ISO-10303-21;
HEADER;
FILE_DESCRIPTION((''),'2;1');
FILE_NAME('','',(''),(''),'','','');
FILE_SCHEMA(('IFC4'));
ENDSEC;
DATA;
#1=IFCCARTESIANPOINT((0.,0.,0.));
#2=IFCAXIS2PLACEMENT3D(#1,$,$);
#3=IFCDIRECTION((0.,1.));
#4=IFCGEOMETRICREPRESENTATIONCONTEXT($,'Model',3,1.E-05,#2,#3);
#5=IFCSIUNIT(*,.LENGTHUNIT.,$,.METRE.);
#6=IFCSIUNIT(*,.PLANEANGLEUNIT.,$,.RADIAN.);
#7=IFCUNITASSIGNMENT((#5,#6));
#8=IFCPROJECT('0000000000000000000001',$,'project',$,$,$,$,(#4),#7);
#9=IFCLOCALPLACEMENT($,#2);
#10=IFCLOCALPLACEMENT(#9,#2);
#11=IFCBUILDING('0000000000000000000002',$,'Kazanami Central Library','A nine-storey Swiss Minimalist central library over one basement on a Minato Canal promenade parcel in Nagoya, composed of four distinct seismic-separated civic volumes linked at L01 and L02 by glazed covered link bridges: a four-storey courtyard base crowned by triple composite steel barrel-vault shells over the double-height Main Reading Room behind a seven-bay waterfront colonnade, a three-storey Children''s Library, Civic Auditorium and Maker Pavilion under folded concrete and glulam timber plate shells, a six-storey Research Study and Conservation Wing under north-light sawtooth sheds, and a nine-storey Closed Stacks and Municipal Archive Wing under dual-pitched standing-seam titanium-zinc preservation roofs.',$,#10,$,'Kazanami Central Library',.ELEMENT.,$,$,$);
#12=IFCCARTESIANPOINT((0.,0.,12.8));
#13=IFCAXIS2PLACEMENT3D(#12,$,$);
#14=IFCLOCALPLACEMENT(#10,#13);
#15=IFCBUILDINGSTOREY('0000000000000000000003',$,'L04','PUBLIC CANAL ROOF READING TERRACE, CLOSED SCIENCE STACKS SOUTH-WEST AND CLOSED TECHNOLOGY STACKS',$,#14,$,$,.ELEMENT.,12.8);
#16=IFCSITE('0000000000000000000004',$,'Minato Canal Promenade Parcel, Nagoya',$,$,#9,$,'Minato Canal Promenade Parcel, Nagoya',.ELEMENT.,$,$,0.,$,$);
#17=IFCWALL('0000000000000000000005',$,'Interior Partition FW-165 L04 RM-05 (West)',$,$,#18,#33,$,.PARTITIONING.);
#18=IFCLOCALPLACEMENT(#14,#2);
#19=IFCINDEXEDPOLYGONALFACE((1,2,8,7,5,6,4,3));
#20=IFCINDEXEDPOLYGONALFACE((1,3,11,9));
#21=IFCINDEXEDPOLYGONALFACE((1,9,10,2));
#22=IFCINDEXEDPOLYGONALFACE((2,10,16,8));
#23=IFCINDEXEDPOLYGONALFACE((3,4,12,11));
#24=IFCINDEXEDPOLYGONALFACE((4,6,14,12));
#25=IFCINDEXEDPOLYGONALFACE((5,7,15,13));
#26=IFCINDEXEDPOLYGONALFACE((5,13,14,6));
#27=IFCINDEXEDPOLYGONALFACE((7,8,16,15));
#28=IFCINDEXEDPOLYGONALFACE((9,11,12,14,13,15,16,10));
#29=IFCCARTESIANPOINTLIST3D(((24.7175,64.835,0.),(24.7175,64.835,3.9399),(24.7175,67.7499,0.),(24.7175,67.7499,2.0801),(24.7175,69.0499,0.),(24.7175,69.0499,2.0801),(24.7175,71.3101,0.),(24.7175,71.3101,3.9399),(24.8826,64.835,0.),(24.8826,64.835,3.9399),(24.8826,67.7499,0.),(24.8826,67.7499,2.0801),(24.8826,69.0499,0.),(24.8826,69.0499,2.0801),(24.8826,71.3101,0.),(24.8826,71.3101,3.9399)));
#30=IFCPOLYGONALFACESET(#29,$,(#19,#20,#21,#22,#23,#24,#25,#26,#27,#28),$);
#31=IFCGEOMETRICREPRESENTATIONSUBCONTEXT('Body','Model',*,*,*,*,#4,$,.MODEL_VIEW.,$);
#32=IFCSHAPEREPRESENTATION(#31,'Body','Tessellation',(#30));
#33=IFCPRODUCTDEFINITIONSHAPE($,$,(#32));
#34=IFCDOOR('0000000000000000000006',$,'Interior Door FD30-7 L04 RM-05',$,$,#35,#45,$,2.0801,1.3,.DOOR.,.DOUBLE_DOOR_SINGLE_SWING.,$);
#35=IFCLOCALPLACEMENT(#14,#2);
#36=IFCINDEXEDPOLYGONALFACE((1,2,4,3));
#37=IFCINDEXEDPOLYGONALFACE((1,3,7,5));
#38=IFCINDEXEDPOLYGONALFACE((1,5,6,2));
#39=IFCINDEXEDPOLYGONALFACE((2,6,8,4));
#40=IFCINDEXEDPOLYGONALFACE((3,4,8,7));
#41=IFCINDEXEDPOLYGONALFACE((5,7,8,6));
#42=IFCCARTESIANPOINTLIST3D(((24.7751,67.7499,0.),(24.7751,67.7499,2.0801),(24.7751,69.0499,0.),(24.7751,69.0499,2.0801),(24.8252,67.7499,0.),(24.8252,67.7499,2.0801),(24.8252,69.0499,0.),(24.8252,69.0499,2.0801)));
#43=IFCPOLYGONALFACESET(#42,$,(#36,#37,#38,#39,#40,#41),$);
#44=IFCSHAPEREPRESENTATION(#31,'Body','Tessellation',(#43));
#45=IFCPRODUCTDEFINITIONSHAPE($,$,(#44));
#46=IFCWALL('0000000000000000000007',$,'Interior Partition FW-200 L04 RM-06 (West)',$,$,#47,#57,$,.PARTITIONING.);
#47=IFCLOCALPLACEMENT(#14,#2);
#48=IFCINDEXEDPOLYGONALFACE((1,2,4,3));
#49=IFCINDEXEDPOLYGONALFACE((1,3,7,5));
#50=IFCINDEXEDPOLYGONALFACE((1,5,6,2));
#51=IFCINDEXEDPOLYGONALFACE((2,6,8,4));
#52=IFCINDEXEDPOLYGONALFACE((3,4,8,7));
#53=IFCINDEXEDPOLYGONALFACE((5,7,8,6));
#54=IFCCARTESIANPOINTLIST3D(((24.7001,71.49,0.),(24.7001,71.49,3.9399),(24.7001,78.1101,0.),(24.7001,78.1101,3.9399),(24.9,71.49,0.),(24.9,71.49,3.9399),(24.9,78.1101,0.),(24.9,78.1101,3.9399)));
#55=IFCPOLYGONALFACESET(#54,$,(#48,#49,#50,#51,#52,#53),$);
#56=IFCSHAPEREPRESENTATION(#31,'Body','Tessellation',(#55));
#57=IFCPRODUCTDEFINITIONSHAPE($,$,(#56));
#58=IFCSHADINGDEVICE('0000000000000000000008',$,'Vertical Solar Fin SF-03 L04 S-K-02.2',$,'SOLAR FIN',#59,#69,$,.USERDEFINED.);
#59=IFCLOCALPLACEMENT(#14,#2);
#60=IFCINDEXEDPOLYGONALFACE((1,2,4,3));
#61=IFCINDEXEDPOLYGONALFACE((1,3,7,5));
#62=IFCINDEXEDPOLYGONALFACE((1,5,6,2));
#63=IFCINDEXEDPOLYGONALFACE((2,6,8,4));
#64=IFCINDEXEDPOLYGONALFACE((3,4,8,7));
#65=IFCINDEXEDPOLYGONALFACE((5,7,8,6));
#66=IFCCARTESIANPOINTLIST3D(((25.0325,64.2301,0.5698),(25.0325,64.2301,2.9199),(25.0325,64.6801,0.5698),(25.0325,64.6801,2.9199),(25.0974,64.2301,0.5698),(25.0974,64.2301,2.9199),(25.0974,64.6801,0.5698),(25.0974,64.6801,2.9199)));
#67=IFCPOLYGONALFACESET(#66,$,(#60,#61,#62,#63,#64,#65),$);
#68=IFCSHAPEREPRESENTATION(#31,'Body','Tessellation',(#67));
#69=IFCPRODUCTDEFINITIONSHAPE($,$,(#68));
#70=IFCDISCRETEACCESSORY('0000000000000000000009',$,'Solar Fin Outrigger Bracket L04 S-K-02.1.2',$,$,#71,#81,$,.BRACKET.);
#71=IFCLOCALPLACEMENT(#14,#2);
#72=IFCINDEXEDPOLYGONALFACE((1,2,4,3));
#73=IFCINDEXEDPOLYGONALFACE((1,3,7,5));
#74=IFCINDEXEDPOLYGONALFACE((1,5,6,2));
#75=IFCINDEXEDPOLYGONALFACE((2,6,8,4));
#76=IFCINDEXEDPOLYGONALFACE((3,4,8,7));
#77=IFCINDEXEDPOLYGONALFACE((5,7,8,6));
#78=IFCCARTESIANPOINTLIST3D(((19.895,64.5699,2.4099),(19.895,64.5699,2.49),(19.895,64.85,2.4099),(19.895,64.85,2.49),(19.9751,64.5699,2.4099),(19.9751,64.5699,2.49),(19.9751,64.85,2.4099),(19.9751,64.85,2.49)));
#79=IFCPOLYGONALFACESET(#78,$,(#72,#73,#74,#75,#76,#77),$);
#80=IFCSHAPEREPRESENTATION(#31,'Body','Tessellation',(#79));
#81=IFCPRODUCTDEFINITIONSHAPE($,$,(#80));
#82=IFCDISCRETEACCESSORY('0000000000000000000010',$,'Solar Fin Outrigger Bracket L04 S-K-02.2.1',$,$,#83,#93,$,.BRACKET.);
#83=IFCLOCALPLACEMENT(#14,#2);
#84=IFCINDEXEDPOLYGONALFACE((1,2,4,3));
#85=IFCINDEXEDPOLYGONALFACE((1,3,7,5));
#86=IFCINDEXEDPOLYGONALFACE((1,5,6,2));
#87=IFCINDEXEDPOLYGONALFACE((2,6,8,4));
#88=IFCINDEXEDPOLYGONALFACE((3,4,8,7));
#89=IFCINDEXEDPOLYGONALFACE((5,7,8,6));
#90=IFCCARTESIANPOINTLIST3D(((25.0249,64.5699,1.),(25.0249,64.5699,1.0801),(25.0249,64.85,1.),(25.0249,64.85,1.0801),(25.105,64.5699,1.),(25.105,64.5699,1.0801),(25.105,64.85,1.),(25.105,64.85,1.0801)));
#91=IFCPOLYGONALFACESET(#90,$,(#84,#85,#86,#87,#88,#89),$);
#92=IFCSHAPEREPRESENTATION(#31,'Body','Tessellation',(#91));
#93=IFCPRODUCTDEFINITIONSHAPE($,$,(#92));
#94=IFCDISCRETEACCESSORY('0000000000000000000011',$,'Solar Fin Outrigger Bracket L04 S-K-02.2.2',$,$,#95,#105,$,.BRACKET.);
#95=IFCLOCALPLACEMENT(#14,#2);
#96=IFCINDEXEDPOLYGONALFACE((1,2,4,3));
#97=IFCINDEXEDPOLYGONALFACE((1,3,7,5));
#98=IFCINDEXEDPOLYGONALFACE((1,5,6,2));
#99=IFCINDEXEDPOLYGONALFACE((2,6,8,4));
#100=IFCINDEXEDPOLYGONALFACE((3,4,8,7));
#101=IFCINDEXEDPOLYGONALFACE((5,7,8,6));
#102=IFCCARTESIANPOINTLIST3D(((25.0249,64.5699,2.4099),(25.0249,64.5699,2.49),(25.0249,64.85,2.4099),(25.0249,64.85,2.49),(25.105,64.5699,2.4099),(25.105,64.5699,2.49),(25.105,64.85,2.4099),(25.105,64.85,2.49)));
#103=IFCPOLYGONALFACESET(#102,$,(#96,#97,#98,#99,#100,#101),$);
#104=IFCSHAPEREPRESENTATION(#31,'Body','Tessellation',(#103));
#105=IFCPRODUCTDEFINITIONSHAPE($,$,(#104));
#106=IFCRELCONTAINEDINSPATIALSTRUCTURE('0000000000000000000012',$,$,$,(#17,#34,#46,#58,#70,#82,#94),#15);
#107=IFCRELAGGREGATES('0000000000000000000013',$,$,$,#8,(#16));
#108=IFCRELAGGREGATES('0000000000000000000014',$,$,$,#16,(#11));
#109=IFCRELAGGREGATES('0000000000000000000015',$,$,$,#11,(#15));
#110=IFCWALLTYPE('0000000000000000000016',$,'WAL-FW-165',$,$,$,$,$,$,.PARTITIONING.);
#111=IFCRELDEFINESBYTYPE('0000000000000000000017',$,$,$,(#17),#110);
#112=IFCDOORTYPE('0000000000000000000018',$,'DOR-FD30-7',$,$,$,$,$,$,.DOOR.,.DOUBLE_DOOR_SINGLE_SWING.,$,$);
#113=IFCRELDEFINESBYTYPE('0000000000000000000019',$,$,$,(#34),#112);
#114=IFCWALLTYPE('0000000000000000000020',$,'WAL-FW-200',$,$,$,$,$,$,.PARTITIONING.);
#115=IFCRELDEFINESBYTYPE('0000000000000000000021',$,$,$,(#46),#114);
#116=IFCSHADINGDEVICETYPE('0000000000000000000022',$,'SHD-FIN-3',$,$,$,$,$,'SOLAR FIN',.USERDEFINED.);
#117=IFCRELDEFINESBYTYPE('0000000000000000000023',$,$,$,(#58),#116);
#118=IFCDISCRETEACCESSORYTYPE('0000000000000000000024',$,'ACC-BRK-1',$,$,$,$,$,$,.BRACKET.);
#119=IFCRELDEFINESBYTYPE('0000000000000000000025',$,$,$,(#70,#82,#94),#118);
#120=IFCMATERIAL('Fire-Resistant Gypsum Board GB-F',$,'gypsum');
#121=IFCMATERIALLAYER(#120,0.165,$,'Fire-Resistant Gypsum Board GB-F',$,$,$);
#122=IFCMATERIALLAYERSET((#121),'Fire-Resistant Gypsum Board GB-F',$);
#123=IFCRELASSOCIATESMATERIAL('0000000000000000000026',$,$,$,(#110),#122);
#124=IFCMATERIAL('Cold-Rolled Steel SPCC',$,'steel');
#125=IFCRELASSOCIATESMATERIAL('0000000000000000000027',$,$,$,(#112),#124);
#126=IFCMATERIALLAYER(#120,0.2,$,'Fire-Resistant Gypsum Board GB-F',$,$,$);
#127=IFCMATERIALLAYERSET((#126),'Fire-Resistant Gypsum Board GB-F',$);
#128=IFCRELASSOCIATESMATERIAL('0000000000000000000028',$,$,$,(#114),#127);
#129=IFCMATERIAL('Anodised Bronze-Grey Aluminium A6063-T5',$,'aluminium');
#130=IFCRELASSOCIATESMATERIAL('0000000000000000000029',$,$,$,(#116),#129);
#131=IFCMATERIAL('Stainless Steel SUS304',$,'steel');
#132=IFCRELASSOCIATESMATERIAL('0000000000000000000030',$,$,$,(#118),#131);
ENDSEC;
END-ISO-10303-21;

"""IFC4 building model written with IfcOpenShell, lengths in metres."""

from ifc_helpers import new_model, si_unit, direction, frame, frame_2d, origin, origin_2d, place, context, subcontext, project, spatial, rectangle, extrude, material, layer, layer_set, type_object, element, fill, save


model = new_model("IFC4")

# Units and contexts
model_context = context("Model", 3, precision=1e-05, world=origin(), true_north=direction((0.0, 1.0)))
body_context = subcontext(model_context, "Body", "Model", "MODEL_VIEW")
ifc_project = project(units=[si_unit("LENGTHUNIT", "METRE"), si_unit("PLANEANGLEUNIT", "RADIAN")], contexts=[model_context])

# Site, building, storey
site_placement = place(None, origin())
site = spatial("IfcSite", under=ifc_project, at=site_placement, Name="Minato Canal Promenade Parcel, Nagoya", LongName="Minato Canal Promenade Parcel, Nagoya", CompositionType="ELEMENT", RefElevation=0.0)
building_placement = place(site_placement, origin())
building = spatial("IfcBuilding", under=site, at=building_placement, Name="Kazanami Central Library", Description="A nine-storey Swiss Minimalist central library over one basement on a Minato Canal promenade parcel in Nagoya, composed of four distinct seismic-separated civic volumes linked at L01 and L02 by glazed covered link bridges: a four-storey courtyard base crowned by triple composite steel barrel-vault shells over the double-height Main Reading Room behind a seven-bay waterfront colonnade, a three-storey Children's Library, Civic Auditorium and Maker Pavilion under folded concrete and glulam timber plate shells, a six-storey Research Study and Conservation Wing under north-light sawtooth sheds, and a nine-storey Closed Stacks and Municipal Archive Wing under dual-pitched standing-seam titanium-zinc preservation roofs.", LongName="Kazanami Central Library", CompositionType="ELEMENT")
storey_placement = place(building_placement, frame((0.0, 0.0, 12.8)))
storey = spatial("IfcBuildingStorey", under=building, at=storey_placement, Name="L04", Description="PUBLIC CANAL ROOF READING TERRACE, CLOSED SCIENCE STACKS SOUTH-WEST AND CLOSED TECHNOLOGY STACKS", CompositionType="ELEMENT", Elevation=12.8)

# Shared definitions
ifc_material_1 = material(Name="Fire-Resistant Gypsum Board GB-F", Category="gypsum")
ifc_layer_1 = layer(ifc_material_1, 0.165, Name="Fire-Resistant Gypsum Board GB-F")
ifc_layer_set_1 = layer_set([ifc_layer_1], Name="Fire-Resistant Gypsum Board GB-F")
wall_type_1 = type_object("IfcWallType", Name="WAL-FW-165", PredefinedType="PARTITIONING", material=ifc_layer_set_1)

# Wall, opening, door
wall_1_placement = place(storey_placement, frame((24.8, 64.835, 0.0), z_axis=(0.0, 0.0, 1.0), x_axis=(0.0, 1.0, 0.0)))
wall_1 = element("IfcWall", 1, at=wall_1_placement, inside=storey, type_object=wall_type_1, Name="Interior Partition FW-165 L04 RM-05 (West)", PredefinedType="PARTITIONING", context=body_context, shape_type="SweptSolid", body=[
    extrude(rectangle(XDim=6.4751, YDim=0.165, at=frame_2d((3.2375, 0.0))), origin(), (0.0, 0.0, 1.0), 3.9399),
])
opening_placement = place(wall_1_placement, frame((2.915, 0.0, 0.0)))
opening = element("IfcOpeningElement", 2, at=opening_placement, cuts=wall_1, PredefinedType="OPENING", context=body_context, shape_type="SweptSolid", body=[
    extrude(rectangle(XDim=1.3, YDim=2.0801, at=frame_2d((0.6499, 1.04))), frame((0.0, 0.0945, 0.0), z_axis=(0.0, -1.0, 0.0), x_axis=(1.0, 0.0, 0.0)), (0.0, 0.0, 1.0), 0.189),
])
ifc_material_2 = material(Name="Cold-Rolled Steel SPCC", Category="steel")
door_type = type_object("IfcDoorType", Name="DOR-FD30-7", OperationType="DOUBLE_DOOR_SINGLE_SWING", PredefinedType="DOOR", material=ifc_material_2)
door_placement = place(opening_placement, origin())
door = element("IfcDoor", 3, at=door_placement, inside=storey, type_object=door_type, Name="Interior Door FD30-7 L04 RM-05", OperationType="DOUBLE_DOOR_SINGLE_SWING", OverallHeight=2.0801, OverallWidth=1.3, PredefinedType="DOOR", context=body_context, shape_type="SweptSolid", body=[
    extrude(rectangle(XDim=1.3, YDim=2.0801, at=frame_2d((0.6499, 1.04))), frame((0.0, 0.0249, 0.0), z_axis=(0.0, -1.0, 0.0), x_axis=(1.0, 0.0, 0.0)), (0.0, 0.0, 1.0), 0.05),
])
fill(opening, door)

# Wall
ifc_layer_2 = layer(ifc_material_1, 0.2, Name="Fire-Resistant Gypsum Board GB-F")
ifc_layer_set_2 = layer_set([ifc_layer_2], Name="Fire-Resistant Gypsum Board GB-F")
wall_type_2 = type_object("IfcWallType", Name="WAL-FW-200", PredefinedType="PARTITIONING", material=ifc_layer_set_2)
wall_2_placement = place(storey_placement, frame((24.8, 71.49, 0.0), z_axis=(0.0, 0.0, 1.0), x_axis=(0.0, 1.0, 0.0)))
element("IfcWall", 4, at=wall_2_placement, inside=storey, type_object=wall_type_2, Name="Interior Partition FW-200 L04 RM-06 (West)", PredefinedType="PARTITIONING", context=body_context, shape_type="SweptSolid", body=[
    extrude(rectangle(XDim=6.6201, YDim=0.2, at=frame_2d((3.3101, 0.0))), origin(), (0.0, 0.0, 1.0), 3.9399),
])

# Shading device
ifc_material_3 = material(Name="Anodised Bronze-Grey Aluminium A6063-T5", Category="aluminium")
shading_device_type = type_object("IfcShadingDeviceType", Name="SHD-FIN-3", ElementType="SOLAR FIN", PredefinedType="USERDEFINED", material=ifc_material_3)
shading_device_placement = place(storey_placement, frame((25.0649, 64.4551, 0.5698), z_axis=(0.0, 0.0, 1.0), x_axis=(1.0, 0.0, 0.0)))
element("IfcShadingDevice", 5, at=shading_device_placement, inside=storey, type_object=shading_device_type, Name="Vertical Solar Fin SF-03 L04 S-K-02.2", ObjectType="SOLAR FIN", PredefinedType="USERDEFINED", context=body_context, shape_type="SweptSolid", body=[
    extrude(rectangle(XDim=0.0649, YDim=0.45, at=origin_2d()), origin(), (0.0, 0.0, 1.0), 2.3501),
])

# Discrete accessories
ifc_material_4 = material(Name="Stainless Steel SUS304", Category="steel")
discrete_accessory_type = type_object("IfcDiscreteAccessoryType", Name="ACC-BRK-1", PredefinedType="BRACKET", material=ifc_material_4)
for number, where, z_axis, x_axis, name in (
    (6, (19.9351, 64.71, 2.4099), (0.0, 0.0, 1.0), (1.0, 0.0, 0.0), "Solar Fin Outrigger Bracket L04 S-K-02.1.2"),
    (7, (25.0649, 64.71, 1.0), (0.0, 0.0, 1.0), (1.0, 0.0, 0.0), "Solar Fin Outrigger Bracket L04 S-K-02.2.1"),
    (8, (25.0649, 64.71, 2.4099), (0.0, 0.0, 1.0), (1.0, 0.0, 0.0), "Solar Fin Outrigger Bracket L04 S-K-02.2.2"),
):
    element("IfcDiscreteAccessory", number, at=place(storey_placement, frame(where, z_axis=z_axis, x_axis=x_axis)), inside=storey, type_object=discrete_accessory_type, Name=name, PredefinedType="BRACKET", context=body_context, shape_type="SweptSolid", body=[
        extrude(rectangle(XDim=0.0801, YDim=0.28, at=origin_2d()), origin(), (0.0, 0.0, 1.0), 0.0801),
    ])

save(model, "model.ifc")
